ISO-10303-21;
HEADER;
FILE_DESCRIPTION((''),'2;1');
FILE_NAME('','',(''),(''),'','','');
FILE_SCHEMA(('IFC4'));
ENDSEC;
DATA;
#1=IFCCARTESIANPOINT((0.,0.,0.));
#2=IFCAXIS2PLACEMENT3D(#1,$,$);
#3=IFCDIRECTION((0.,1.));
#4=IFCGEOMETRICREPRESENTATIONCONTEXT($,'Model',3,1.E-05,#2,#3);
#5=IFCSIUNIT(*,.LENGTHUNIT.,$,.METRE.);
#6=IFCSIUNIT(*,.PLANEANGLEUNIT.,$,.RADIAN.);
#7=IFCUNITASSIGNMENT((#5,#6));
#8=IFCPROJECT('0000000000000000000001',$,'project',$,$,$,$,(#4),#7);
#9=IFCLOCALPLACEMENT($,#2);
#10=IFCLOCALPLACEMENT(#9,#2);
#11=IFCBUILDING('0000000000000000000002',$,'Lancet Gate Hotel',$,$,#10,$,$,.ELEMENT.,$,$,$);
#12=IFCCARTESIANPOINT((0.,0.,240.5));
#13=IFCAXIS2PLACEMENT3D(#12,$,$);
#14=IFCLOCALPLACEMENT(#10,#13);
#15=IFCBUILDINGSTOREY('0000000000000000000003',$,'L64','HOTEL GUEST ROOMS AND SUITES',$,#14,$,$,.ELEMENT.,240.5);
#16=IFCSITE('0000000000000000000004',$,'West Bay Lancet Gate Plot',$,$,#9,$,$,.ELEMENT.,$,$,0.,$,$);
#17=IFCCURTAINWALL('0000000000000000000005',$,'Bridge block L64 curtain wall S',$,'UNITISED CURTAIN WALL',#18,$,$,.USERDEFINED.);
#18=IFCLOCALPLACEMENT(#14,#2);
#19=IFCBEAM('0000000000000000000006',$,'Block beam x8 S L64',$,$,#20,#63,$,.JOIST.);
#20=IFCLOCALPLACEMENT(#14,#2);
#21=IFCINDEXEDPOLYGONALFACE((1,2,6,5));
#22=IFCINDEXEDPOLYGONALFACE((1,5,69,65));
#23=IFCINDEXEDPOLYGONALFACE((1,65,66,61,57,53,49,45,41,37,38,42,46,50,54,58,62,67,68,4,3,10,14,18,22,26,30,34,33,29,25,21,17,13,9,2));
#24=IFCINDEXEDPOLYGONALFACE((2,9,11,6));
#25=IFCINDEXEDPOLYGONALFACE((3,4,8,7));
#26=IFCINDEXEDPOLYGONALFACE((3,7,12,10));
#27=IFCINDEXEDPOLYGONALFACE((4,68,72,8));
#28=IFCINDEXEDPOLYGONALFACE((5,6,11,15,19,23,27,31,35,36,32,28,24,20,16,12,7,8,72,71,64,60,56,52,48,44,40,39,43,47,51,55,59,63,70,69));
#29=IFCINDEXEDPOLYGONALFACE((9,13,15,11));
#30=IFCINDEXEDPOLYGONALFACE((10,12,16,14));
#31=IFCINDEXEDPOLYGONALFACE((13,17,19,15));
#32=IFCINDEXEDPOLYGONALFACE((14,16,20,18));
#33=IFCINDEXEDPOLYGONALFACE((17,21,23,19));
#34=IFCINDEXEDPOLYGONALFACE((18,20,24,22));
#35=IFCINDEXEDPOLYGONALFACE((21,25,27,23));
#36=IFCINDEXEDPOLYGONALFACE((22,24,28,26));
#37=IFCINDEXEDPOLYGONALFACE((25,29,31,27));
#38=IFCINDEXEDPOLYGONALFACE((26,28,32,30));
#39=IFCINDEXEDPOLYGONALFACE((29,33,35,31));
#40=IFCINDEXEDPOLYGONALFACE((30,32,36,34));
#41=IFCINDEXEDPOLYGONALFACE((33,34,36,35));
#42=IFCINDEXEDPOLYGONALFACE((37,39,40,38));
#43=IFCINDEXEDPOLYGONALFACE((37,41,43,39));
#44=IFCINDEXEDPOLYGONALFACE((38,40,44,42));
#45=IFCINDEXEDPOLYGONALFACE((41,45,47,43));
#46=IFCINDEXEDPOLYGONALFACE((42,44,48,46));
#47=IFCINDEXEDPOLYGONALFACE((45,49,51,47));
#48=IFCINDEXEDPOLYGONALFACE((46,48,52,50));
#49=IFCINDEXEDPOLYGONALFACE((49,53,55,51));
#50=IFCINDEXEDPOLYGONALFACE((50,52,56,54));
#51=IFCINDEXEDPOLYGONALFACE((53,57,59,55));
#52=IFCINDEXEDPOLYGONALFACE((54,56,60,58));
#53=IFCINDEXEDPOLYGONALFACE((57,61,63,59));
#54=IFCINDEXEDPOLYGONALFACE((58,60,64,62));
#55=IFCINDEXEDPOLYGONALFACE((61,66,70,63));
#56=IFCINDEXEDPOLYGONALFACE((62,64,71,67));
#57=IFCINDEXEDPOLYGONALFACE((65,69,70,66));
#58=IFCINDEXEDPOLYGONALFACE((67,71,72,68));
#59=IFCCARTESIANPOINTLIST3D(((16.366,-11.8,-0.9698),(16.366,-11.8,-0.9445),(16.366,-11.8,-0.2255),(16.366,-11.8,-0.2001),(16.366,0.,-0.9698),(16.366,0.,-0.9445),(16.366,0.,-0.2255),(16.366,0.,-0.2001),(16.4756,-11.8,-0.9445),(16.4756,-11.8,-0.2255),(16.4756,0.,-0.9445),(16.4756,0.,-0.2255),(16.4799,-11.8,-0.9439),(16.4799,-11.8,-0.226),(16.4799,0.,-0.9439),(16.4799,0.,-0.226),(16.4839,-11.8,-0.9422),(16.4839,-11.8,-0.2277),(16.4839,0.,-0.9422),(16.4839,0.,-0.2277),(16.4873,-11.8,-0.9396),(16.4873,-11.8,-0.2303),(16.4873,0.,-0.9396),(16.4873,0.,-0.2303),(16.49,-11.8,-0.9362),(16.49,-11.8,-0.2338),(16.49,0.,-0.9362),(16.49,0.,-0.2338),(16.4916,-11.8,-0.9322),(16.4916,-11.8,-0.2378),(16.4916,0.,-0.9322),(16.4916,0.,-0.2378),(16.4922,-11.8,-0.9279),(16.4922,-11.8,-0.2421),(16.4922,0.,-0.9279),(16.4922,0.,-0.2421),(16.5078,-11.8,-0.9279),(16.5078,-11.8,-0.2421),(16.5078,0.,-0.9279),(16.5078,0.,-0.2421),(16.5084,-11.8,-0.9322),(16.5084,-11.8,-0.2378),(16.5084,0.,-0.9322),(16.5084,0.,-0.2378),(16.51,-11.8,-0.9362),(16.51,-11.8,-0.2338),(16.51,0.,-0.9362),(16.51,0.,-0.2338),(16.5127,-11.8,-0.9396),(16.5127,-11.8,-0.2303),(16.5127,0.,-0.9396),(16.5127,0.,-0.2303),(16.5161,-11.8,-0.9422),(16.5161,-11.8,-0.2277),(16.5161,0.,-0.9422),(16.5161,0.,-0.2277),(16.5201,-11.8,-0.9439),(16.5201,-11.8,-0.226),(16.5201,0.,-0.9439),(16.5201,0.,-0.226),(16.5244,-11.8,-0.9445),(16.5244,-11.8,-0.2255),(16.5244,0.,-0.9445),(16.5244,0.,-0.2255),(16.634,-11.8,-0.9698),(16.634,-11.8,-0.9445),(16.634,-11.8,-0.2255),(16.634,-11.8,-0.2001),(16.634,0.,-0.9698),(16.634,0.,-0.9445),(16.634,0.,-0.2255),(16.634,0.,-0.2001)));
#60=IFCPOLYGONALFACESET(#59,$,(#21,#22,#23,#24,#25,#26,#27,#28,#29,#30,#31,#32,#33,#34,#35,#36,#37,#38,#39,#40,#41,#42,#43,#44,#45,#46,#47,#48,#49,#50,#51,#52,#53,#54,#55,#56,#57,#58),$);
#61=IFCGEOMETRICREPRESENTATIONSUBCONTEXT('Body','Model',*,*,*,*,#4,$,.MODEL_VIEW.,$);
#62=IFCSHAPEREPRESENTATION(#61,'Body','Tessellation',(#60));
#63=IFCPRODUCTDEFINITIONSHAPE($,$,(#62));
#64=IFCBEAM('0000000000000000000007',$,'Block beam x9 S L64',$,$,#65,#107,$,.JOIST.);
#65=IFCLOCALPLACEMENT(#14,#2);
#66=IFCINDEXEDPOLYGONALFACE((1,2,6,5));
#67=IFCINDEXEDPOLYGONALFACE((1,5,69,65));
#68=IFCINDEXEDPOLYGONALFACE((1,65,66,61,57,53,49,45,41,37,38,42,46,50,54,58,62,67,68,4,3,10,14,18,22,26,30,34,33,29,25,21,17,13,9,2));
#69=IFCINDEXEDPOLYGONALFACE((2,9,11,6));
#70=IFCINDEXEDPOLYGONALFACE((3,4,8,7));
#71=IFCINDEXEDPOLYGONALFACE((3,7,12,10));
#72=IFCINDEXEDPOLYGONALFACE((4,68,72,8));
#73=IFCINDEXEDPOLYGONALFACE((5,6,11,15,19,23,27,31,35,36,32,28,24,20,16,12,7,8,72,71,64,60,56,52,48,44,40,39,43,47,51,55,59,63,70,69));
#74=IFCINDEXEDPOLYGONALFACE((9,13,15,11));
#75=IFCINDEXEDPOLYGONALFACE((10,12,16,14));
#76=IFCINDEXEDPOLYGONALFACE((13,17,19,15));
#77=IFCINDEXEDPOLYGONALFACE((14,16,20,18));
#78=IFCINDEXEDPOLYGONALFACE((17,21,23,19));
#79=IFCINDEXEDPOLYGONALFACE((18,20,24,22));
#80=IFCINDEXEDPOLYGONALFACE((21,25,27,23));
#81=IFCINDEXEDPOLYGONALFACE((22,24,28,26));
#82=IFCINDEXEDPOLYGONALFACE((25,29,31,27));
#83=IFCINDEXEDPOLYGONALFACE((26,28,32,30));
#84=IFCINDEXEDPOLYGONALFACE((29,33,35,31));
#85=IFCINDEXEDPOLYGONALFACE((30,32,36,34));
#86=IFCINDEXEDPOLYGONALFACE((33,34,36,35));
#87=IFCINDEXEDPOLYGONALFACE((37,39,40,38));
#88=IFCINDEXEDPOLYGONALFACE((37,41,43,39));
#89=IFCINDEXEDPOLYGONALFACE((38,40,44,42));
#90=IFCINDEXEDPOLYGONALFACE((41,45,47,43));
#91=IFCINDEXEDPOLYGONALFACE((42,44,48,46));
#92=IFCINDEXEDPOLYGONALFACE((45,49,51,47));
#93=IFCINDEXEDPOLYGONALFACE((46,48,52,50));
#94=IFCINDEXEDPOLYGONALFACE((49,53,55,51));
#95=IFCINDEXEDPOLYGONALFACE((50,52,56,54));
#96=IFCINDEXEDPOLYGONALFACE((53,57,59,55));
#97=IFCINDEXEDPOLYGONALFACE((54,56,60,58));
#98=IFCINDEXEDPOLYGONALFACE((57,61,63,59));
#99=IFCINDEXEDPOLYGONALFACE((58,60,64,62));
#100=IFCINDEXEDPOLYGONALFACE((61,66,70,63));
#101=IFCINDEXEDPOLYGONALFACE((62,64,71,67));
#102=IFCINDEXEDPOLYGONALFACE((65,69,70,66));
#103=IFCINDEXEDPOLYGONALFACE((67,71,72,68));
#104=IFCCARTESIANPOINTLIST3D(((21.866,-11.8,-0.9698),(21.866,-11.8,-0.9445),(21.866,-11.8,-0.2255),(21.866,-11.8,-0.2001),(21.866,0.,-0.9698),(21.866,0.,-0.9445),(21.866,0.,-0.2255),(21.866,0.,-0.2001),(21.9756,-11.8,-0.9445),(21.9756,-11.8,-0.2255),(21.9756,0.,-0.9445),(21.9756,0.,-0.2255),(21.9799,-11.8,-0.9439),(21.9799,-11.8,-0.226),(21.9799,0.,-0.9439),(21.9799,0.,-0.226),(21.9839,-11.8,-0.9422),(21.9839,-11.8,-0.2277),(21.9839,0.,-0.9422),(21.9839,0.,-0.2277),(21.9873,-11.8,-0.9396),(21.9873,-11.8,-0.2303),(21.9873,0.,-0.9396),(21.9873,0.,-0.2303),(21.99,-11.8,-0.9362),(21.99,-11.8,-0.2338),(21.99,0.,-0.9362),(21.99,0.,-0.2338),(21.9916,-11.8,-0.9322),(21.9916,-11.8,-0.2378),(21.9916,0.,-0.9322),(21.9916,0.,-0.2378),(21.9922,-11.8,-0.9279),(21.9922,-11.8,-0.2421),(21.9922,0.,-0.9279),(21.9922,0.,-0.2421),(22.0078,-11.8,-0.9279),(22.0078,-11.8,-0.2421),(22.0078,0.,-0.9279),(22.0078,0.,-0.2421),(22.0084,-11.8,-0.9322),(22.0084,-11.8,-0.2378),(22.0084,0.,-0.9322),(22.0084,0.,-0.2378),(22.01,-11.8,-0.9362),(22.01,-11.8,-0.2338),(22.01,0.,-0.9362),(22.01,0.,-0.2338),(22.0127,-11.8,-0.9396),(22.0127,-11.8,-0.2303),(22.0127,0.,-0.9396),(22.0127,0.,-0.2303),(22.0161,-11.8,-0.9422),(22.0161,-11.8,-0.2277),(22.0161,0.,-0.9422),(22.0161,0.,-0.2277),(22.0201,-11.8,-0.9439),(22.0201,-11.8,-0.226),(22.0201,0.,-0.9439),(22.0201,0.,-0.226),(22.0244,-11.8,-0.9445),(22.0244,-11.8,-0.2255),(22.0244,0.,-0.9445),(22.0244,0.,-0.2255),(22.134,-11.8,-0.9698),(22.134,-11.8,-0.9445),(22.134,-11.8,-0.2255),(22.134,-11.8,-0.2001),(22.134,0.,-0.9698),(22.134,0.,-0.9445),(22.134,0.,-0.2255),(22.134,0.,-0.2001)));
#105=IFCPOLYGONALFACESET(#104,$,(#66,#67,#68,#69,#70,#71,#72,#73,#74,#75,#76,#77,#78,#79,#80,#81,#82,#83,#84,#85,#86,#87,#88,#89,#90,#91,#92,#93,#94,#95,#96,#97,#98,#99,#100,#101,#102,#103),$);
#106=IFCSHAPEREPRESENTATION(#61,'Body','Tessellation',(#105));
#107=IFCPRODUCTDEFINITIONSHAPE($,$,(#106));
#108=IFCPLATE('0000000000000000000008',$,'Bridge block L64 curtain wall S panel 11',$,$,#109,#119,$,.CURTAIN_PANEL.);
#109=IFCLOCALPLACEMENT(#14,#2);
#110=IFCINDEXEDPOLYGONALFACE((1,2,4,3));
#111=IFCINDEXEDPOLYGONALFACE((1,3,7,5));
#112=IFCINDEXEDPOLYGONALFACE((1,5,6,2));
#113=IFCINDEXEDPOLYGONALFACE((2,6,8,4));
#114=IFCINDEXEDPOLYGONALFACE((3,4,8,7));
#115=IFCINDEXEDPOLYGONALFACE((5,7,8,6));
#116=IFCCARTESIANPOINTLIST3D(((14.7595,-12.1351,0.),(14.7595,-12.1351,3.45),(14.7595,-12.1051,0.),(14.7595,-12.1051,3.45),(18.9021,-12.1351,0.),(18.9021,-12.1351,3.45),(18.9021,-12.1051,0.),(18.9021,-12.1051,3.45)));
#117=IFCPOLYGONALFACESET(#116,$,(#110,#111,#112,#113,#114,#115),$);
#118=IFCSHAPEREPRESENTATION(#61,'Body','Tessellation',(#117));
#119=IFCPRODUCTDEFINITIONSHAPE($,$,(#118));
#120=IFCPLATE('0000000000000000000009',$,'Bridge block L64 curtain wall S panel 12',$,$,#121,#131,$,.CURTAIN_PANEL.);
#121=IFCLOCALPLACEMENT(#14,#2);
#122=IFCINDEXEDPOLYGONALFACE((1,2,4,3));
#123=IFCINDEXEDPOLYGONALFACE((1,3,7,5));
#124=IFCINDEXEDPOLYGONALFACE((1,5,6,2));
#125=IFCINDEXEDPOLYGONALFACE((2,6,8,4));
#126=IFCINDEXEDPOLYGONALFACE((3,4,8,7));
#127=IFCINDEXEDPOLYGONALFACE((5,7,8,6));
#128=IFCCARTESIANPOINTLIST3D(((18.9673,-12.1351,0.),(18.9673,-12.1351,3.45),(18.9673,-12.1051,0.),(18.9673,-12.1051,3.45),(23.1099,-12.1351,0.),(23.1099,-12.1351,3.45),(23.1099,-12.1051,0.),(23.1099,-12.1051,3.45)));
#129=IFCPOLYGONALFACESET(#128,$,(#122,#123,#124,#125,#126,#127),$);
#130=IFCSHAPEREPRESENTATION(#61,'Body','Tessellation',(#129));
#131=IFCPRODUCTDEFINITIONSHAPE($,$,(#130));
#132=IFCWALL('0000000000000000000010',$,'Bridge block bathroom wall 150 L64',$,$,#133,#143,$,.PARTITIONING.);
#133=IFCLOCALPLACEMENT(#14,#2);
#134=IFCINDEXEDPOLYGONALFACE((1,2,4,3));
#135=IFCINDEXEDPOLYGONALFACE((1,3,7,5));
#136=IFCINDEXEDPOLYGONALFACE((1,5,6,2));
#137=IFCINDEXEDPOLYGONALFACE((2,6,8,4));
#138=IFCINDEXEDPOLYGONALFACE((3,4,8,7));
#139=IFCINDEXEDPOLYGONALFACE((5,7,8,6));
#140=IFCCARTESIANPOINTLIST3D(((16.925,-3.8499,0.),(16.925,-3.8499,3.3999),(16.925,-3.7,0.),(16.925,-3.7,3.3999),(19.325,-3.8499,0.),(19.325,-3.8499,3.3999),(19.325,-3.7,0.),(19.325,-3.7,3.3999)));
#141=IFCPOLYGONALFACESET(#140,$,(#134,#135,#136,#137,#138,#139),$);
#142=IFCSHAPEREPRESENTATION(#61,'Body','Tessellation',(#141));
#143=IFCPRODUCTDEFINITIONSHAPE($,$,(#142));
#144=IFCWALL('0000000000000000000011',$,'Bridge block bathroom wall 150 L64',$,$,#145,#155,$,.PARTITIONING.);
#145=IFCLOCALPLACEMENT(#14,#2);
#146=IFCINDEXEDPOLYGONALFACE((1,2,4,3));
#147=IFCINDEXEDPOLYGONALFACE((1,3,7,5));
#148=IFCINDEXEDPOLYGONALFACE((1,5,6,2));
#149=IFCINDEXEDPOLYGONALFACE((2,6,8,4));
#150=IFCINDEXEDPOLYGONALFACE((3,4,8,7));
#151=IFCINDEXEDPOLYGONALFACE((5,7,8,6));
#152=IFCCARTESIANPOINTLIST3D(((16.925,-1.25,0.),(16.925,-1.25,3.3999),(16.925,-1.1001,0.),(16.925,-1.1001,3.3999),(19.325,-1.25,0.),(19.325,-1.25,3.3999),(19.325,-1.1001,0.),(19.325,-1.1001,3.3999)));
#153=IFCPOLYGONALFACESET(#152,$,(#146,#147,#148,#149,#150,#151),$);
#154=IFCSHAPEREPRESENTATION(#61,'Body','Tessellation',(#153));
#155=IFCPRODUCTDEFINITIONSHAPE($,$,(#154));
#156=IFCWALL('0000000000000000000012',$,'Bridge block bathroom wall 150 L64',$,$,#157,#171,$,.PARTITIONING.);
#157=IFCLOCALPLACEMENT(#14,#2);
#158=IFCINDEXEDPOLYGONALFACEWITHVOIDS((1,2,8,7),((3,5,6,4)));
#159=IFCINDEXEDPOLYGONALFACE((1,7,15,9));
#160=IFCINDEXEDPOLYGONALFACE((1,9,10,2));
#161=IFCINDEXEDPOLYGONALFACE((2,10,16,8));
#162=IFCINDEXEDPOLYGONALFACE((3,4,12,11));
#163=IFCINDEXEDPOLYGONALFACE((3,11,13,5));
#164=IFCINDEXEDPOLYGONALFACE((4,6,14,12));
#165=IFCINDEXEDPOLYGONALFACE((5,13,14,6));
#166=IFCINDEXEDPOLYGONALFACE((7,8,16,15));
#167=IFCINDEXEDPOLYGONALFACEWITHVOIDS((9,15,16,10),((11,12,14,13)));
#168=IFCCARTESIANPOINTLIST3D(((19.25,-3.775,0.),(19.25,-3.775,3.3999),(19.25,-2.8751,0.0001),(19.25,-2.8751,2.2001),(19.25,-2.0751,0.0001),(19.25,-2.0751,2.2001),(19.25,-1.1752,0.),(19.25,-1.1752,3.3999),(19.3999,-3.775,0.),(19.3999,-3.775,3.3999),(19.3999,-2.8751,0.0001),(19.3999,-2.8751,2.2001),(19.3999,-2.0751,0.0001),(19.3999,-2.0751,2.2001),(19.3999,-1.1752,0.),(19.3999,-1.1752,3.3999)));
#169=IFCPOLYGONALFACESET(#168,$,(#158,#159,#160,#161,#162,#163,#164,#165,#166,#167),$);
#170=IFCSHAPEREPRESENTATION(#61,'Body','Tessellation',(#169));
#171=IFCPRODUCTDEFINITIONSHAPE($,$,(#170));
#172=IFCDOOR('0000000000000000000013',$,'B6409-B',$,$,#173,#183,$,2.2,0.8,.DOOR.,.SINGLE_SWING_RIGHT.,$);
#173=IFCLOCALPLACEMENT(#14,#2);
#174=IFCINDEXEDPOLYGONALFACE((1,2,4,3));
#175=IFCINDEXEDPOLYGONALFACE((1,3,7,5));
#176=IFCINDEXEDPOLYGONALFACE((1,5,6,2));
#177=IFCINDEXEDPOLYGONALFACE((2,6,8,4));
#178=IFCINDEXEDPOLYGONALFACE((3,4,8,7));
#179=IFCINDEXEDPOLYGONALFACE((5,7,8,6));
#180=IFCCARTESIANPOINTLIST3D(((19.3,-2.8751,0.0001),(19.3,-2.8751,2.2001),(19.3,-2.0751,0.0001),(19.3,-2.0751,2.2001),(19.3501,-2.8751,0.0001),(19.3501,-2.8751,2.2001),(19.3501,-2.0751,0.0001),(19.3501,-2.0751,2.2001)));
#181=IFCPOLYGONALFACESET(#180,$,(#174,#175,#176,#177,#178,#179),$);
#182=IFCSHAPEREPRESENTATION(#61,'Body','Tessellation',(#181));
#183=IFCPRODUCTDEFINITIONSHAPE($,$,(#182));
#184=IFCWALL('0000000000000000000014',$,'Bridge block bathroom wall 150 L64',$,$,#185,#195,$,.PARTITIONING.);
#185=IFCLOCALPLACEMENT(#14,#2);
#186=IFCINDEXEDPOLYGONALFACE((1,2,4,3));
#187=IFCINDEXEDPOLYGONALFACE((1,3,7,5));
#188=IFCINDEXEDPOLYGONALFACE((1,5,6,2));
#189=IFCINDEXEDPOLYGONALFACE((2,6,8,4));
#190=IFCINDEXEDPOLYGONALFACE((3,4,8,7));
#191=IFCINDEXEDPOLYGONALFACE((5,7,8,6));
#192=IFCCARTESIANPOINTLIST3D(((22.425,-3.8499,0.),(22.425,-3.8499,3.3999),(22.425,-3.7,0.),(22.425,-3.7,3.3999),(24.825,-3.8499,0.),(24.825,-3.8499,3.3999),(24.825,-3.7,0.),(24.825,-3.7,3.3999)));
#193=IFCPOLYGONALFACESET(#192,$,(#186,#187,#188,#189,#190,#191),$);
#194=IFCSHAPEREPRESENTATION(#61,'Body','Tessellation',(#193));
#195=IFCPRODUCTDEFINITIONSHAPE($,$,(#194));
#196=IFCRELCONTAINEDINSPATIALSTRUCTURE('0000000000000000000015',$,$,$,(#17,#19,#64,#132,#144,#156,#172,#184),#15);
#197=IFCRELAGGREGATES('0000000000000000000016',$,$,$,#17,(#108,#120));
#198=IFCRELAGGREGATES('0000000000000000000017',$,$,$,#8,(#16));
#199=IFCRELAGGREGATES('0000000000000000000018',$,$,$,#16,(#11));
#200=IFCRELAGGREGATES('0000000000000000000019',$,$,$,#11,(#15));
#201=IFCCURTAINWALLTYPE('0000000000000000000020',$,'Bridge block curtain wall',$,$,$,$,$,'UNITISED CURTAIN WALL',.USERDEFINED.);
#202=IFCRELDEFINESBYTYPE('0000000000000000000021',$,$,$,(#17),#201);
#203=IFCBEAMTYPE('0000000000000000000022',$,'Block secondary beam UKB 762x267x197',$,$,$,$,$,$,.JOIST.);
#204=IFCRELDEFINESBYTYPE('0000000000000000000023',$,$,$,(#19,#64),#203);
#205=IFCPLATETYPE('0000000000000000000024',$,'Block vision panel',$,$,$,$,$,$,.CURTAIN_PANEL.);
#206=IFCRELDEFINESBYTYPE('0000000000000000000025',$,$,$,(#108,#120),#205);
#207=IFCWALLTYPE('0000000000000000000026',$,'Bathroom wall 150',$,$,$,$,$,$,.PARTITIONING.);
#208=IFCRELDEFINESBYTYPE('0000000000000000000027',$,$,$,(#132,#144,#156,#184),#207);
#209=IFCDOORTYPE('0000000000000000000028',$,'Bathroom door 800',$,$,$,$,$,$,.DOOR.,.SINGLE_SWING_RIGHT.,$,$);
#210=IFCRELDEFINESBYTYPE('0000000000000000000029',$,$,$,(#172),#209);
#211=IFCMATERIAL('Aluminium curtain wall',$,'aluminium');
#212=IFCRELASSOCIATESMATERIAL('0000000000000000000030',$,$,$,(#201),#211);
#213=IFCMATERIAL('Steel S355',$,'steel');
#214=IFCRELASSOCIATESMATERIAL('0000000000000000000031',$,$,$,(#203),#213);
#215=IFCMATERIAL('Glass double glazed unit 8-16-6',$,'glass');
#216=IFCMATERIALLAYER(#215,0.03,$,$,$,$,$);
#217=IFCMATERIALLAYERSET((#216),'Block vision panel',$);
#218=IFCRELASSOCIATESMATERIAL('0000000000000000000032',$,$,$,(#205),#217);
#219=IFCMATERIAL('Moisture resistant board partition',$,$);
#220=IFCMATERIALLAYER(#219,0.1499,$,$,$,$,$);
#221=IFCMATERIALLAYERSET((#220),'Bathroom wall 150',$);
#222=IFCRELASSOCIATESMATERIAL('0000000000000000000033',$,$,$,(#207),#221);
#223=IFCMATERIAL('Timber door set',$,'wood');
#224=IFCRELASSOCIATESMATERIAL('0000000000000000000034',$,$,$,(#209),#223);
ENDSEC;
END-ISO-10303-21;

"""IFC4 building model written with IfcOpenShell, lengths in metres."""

from ifc_helpers import new_model, si_unit, direction, frame, frame_2d, origin, origin_2d, place, context, subcontext, project, spatial, rectangle, i_section, extrude, material, layer, layer_set, material_profile, profile_set, type_object, element, fill, aggregate, save


model = new_model("IFC4")

# Units and contexts
model_context = context("Model", 3, precision=1e-05, world=origin(), true_north=direction((0.0, 1.0)))
body_context = subcontext(model_context, "Body", "Model", "MODEL_VIEW")
ifc_project = project(units=[si_unit("LENGTHUNIT", "METRE"), si_unit("PLANEANGLEUNIT", "RADIAN")], contexts=[model_context])

# Site, building, storey
site_placement = place(None, origin())
site = spatial("IfcSite", under=ifc_project, at=site_placement, Name="West Bay Lancet Gate Plot", CompositionType="ELEMENT", RefElevation=0.0)
building_placement = place(site_placement, origin())
building = spatial("IfcBuilding", under=site, at=building_placement, Name="Lancet Gate Hotel", CompositionType="ELEMENT")
storey_placement = place(building_placement, frame((0.0, 0.0, 240.5)))
storey = spatial("IfcBuildingStorey", under=building, at=storey_placement, Name="L64", Description="HOTEL GUEST ROOMS AND SUITES", CompositionType="ELEMENT", Elevation=240.5)

# Curtain wall
ifc_material_1 = material(Name="Aluminium curtain wall", Category="aluminium")
curtain_wall_type = type_object("IfcCurtainWallType", Name="Bridge block curtain wall", ElementType="UNITISED CURTAIN WALL", PredefinedType="USERDEFINED", material=ifc_material_1)
curtain_wall_placement = place(storey_placement, origin())
curtain_wall = element("IfcCurtainWall", 1, at=curtain_wall_placement, inside=storey, type_object=curtain_wall_type, Name="Bridge block L64 curtain wall S", ObjectType="UNITISED CURTAIN WALL", PredefinedType="USERDEFINED")

# Beams
ifc_material_2 = material(Name="Steel S355", Category="steel")
ifc_material_profile_1 = material_profile(ifc_material_2, i_section(OverallWidth=0.2681, OverallDepth=0.7698, WebThickness=0.0156, FlangeThickness=0.0254, FilletRadius=0.0166, at=origin_2d()), Name="UKB 762x267x197")
ifc_profile_set_1 = profile_set([ifc_material_profile_1], Name="Steel S355")
beam_type_1 = type_object("IfcBeamType", Name="Block secondary beam UKB 762x267x197", PredefinedType="JOIST", material=ifc_profile_set_1)
for number, where, z_axis, x_axis, name in (
    (2, (16.5, -11.8, -0.585), (0.0, 1.0, 0.0), (-1.0, 0.0, 0.0), "Block beam x8 S L64"),
    (3, (22.0, -11.8, -0.585), (0.0, 1.0, 0.0), (-1.0, 0.0, 0.0), "Block beam x9 S L64"),
):
    element("IfcBeam", number, at=place(storey_placement, frame(where, z_axis=z_axis, x_axis=x_axis)), inside=storey, type_object=beam_type_1, Name=name, PredefinedType="JOIST", context=body_context, shape_type="SweptSolid", body=[
        extrude(i_section(OverallWidth=0.2681, OverallDepth=0.7698, WebThickness=0.0156, FlangeThickness=0.0254, FilletRadius=0.0166, at=origin_2d()), origin(), (0.0, 0.0, 1.0), 11.8),
    ])

# Plates
ifc_material_3 = material(Name="Glass double glazed unit 8-16-6", Category="glass")
ifc_layer_1 = layer(ifc_material_3, 0.03)
ifc_layer_set_1 = layer_set([ifc_layer_1], Name="Block vision panel")
plate_type = type_object("IfcPlateType", Name="Block vision panel", PredefinedType="CURTAIN_PANEL", material=ifc_layer_set_1)
plate_1_placement = place(storey_placement, frame((16.8308, -12.1201, 0.0), z_axis=(0.0, 0.0, 1.0), x_axis=(1.0, 0.0, 0.0)))
plate_1 = element("IfcPlate", 4, at=plate_1_placement, type_object=plate_type, Name="Bridge block L64 curtain wall S panel 11", PredefinedType="CURTAIN_PANEL", context=body_context, shape_type="SweptSolid", body=[
    extrude(rectangle(XDim=4.1426, YDim=0.03, at=origin_2d()), origin(), (0.0, 0.0, 1.0), 3.45),
])
plate_2_placement = place(storey_placement, frame((21.0386, -12.1201, 0.0), z_axis=(0.0, 0.0, 1.0), x_axis=(1.0, 0.0, 0.0)))
plate_2 = element("IfcPlate", 5, at=plate_2_placement, type_object=plate_type, Name="Bridge block L64 curtain wall S panel 12", PredefinedType="CURTAIN_PANEL", context=body_context, shape_type="SweptSolid", body=[
    extrude(rectangle(XDim=4.1426, YDim=0.03, at=origin_2d()), origin(), (0.0, 0.0, 1.0), 3.45),
])
aggregate(curtain_wall, [plate_1, plate_2])

# Walls
ifc_material_4 = material(Name="Moisture resistant board partition")
ifc_layer_2 = layer(ifc_material_4, 0.1499)
ifc_layer_set_2 = layer_set([ifc_layer_2], Name="Bathroom wall 150")
wall_type_1 = type_object("IfcWallType", Name="Bathroom wall 150", PredefinedType="PARTITIONING", material=ifc_layer_set_2)
for number, where, z_axis, x_axis, name in (
    (6, (16.925, -3.7749, 0.0), (0.0, 0.0, 1.0), (1.0, 0.0, 0.0), "Bridge block bathroom wall 150 L64"),
    (7, (16.925, -1.175, 0.0), (0.0, 0.0, 1.0), (1.0, 0.0, 0.0), "Bridge block bathroom wall 150 L64"),
):
    element("IfcWall", number, at=place(storey_placement, frame(where, z_axis=z_axis, x_axis=x_axis)), inside=storey, type_object=wall_type_1, Name=name, PredefinedType="PARTITIONING", context=body_context, shape_type="SweptSolid", body=[
        extrude(rectangle(XDim=2.3999, YDim=0.1499, at=frame_2d((1.2, 0.0))), origin(), (0.0, 0.0, 1.0), 3.3999),
    ])

# Wall, opening, door
wall_1_placement = place(storey_placement, frame((19.325, -3.7749, 0.0), z_axis=(0.0, 0.0, 1.0), x_axis=(0.0, 1.0, 0.0)))
wall_1 = element("IfcWall", 8, at=wall_1_placement, inside=storey, type_object=wall_type_1, Name="Bridge block bathroom wall 150 L64", PredefinedType="PARTITIONING", context=body_context, shape_type="SweptSolid", body=[
    extrude(rectangle(XDim=2.5999, YDim=0.1499, at=frame_2d((1.2998, 0.0))), origin(), (0.0, 0.0, 1.0), 3.3999),
])
opening_placement = place(wall_1_placement, frame((0.8999, 0.0, 0.0)))
opening = element("IfcOpeningElement", 9, at=opening_placement, cuts=wall_1, PredefinedType="OPENING", context=body_context, shape_type="SweptSolid", body=[
    extrude(rectangle(XDim=0.8, YDim=2.2, at=frame_2d((0.3999, 1.1001))), frame((0.0, 0.085, 0.0), z_axis=(0.0, -1.0, 0.0), x_axis=(1.0, 0.0, 0.0)), (0.0, 0.0, 1.0), 0.1699),
])
ifc_material_5 = material(Name="Timber door set", Category="wood")
door_type = type_object("IfcDoorType", Name="Bathroom door 800", OperationType="SINGLE_SWING_RIGHT", PredefinedType="DOOR", material=ifc_material_5)
door_placement = place(opening_placement, origin())
door = element("IfcDoor", 10, at=door_placement, inside=storey, type_object=door_type, Name="B6409-B", OperationType="SINGLE_SWING_RIGHT", OverallHeight=2.2, OverallWidth=0.8, PredefinedType="DOOR", context=body_context, shape_type="SweptSolid", body=[
    extrude(rectangle(XDim=0.8, YDim=2.2, at=frame_2d((0.3999, 1.1001))), frame((0.0, 0.0249, 0.0), z_axis=(0.0, -1.0, 0.0), x_axis=(1.0, 0.0, 0.0)), (0.0, 0.0, 1.0), 0.05),
])
fill(opening, door)

# Wall
wall_2_placement = place(storey_placement, frame((22.425, -3.7749, 0.0), z_axis=(0.0, 0.0, 1.0), x_axis=(1.0, 0.0, 0.0)))
element("IfcWall", 11, at=wall_2_placement, inside=storey, type_object=wall_type_1, Name="Bridge block bathroom wall 150 L64", PredefinedType="PARTITIONING", context=body_context, shape_type="SweptSolid", body=[
    extrude(rectangle(XDim=2.3999, YDim=0.1499, at=frame_2d((1.2, 0.0))), origin(), (0.0, 0.0, 1.0), 3.3999),
])

save(model, "model.ifc")
